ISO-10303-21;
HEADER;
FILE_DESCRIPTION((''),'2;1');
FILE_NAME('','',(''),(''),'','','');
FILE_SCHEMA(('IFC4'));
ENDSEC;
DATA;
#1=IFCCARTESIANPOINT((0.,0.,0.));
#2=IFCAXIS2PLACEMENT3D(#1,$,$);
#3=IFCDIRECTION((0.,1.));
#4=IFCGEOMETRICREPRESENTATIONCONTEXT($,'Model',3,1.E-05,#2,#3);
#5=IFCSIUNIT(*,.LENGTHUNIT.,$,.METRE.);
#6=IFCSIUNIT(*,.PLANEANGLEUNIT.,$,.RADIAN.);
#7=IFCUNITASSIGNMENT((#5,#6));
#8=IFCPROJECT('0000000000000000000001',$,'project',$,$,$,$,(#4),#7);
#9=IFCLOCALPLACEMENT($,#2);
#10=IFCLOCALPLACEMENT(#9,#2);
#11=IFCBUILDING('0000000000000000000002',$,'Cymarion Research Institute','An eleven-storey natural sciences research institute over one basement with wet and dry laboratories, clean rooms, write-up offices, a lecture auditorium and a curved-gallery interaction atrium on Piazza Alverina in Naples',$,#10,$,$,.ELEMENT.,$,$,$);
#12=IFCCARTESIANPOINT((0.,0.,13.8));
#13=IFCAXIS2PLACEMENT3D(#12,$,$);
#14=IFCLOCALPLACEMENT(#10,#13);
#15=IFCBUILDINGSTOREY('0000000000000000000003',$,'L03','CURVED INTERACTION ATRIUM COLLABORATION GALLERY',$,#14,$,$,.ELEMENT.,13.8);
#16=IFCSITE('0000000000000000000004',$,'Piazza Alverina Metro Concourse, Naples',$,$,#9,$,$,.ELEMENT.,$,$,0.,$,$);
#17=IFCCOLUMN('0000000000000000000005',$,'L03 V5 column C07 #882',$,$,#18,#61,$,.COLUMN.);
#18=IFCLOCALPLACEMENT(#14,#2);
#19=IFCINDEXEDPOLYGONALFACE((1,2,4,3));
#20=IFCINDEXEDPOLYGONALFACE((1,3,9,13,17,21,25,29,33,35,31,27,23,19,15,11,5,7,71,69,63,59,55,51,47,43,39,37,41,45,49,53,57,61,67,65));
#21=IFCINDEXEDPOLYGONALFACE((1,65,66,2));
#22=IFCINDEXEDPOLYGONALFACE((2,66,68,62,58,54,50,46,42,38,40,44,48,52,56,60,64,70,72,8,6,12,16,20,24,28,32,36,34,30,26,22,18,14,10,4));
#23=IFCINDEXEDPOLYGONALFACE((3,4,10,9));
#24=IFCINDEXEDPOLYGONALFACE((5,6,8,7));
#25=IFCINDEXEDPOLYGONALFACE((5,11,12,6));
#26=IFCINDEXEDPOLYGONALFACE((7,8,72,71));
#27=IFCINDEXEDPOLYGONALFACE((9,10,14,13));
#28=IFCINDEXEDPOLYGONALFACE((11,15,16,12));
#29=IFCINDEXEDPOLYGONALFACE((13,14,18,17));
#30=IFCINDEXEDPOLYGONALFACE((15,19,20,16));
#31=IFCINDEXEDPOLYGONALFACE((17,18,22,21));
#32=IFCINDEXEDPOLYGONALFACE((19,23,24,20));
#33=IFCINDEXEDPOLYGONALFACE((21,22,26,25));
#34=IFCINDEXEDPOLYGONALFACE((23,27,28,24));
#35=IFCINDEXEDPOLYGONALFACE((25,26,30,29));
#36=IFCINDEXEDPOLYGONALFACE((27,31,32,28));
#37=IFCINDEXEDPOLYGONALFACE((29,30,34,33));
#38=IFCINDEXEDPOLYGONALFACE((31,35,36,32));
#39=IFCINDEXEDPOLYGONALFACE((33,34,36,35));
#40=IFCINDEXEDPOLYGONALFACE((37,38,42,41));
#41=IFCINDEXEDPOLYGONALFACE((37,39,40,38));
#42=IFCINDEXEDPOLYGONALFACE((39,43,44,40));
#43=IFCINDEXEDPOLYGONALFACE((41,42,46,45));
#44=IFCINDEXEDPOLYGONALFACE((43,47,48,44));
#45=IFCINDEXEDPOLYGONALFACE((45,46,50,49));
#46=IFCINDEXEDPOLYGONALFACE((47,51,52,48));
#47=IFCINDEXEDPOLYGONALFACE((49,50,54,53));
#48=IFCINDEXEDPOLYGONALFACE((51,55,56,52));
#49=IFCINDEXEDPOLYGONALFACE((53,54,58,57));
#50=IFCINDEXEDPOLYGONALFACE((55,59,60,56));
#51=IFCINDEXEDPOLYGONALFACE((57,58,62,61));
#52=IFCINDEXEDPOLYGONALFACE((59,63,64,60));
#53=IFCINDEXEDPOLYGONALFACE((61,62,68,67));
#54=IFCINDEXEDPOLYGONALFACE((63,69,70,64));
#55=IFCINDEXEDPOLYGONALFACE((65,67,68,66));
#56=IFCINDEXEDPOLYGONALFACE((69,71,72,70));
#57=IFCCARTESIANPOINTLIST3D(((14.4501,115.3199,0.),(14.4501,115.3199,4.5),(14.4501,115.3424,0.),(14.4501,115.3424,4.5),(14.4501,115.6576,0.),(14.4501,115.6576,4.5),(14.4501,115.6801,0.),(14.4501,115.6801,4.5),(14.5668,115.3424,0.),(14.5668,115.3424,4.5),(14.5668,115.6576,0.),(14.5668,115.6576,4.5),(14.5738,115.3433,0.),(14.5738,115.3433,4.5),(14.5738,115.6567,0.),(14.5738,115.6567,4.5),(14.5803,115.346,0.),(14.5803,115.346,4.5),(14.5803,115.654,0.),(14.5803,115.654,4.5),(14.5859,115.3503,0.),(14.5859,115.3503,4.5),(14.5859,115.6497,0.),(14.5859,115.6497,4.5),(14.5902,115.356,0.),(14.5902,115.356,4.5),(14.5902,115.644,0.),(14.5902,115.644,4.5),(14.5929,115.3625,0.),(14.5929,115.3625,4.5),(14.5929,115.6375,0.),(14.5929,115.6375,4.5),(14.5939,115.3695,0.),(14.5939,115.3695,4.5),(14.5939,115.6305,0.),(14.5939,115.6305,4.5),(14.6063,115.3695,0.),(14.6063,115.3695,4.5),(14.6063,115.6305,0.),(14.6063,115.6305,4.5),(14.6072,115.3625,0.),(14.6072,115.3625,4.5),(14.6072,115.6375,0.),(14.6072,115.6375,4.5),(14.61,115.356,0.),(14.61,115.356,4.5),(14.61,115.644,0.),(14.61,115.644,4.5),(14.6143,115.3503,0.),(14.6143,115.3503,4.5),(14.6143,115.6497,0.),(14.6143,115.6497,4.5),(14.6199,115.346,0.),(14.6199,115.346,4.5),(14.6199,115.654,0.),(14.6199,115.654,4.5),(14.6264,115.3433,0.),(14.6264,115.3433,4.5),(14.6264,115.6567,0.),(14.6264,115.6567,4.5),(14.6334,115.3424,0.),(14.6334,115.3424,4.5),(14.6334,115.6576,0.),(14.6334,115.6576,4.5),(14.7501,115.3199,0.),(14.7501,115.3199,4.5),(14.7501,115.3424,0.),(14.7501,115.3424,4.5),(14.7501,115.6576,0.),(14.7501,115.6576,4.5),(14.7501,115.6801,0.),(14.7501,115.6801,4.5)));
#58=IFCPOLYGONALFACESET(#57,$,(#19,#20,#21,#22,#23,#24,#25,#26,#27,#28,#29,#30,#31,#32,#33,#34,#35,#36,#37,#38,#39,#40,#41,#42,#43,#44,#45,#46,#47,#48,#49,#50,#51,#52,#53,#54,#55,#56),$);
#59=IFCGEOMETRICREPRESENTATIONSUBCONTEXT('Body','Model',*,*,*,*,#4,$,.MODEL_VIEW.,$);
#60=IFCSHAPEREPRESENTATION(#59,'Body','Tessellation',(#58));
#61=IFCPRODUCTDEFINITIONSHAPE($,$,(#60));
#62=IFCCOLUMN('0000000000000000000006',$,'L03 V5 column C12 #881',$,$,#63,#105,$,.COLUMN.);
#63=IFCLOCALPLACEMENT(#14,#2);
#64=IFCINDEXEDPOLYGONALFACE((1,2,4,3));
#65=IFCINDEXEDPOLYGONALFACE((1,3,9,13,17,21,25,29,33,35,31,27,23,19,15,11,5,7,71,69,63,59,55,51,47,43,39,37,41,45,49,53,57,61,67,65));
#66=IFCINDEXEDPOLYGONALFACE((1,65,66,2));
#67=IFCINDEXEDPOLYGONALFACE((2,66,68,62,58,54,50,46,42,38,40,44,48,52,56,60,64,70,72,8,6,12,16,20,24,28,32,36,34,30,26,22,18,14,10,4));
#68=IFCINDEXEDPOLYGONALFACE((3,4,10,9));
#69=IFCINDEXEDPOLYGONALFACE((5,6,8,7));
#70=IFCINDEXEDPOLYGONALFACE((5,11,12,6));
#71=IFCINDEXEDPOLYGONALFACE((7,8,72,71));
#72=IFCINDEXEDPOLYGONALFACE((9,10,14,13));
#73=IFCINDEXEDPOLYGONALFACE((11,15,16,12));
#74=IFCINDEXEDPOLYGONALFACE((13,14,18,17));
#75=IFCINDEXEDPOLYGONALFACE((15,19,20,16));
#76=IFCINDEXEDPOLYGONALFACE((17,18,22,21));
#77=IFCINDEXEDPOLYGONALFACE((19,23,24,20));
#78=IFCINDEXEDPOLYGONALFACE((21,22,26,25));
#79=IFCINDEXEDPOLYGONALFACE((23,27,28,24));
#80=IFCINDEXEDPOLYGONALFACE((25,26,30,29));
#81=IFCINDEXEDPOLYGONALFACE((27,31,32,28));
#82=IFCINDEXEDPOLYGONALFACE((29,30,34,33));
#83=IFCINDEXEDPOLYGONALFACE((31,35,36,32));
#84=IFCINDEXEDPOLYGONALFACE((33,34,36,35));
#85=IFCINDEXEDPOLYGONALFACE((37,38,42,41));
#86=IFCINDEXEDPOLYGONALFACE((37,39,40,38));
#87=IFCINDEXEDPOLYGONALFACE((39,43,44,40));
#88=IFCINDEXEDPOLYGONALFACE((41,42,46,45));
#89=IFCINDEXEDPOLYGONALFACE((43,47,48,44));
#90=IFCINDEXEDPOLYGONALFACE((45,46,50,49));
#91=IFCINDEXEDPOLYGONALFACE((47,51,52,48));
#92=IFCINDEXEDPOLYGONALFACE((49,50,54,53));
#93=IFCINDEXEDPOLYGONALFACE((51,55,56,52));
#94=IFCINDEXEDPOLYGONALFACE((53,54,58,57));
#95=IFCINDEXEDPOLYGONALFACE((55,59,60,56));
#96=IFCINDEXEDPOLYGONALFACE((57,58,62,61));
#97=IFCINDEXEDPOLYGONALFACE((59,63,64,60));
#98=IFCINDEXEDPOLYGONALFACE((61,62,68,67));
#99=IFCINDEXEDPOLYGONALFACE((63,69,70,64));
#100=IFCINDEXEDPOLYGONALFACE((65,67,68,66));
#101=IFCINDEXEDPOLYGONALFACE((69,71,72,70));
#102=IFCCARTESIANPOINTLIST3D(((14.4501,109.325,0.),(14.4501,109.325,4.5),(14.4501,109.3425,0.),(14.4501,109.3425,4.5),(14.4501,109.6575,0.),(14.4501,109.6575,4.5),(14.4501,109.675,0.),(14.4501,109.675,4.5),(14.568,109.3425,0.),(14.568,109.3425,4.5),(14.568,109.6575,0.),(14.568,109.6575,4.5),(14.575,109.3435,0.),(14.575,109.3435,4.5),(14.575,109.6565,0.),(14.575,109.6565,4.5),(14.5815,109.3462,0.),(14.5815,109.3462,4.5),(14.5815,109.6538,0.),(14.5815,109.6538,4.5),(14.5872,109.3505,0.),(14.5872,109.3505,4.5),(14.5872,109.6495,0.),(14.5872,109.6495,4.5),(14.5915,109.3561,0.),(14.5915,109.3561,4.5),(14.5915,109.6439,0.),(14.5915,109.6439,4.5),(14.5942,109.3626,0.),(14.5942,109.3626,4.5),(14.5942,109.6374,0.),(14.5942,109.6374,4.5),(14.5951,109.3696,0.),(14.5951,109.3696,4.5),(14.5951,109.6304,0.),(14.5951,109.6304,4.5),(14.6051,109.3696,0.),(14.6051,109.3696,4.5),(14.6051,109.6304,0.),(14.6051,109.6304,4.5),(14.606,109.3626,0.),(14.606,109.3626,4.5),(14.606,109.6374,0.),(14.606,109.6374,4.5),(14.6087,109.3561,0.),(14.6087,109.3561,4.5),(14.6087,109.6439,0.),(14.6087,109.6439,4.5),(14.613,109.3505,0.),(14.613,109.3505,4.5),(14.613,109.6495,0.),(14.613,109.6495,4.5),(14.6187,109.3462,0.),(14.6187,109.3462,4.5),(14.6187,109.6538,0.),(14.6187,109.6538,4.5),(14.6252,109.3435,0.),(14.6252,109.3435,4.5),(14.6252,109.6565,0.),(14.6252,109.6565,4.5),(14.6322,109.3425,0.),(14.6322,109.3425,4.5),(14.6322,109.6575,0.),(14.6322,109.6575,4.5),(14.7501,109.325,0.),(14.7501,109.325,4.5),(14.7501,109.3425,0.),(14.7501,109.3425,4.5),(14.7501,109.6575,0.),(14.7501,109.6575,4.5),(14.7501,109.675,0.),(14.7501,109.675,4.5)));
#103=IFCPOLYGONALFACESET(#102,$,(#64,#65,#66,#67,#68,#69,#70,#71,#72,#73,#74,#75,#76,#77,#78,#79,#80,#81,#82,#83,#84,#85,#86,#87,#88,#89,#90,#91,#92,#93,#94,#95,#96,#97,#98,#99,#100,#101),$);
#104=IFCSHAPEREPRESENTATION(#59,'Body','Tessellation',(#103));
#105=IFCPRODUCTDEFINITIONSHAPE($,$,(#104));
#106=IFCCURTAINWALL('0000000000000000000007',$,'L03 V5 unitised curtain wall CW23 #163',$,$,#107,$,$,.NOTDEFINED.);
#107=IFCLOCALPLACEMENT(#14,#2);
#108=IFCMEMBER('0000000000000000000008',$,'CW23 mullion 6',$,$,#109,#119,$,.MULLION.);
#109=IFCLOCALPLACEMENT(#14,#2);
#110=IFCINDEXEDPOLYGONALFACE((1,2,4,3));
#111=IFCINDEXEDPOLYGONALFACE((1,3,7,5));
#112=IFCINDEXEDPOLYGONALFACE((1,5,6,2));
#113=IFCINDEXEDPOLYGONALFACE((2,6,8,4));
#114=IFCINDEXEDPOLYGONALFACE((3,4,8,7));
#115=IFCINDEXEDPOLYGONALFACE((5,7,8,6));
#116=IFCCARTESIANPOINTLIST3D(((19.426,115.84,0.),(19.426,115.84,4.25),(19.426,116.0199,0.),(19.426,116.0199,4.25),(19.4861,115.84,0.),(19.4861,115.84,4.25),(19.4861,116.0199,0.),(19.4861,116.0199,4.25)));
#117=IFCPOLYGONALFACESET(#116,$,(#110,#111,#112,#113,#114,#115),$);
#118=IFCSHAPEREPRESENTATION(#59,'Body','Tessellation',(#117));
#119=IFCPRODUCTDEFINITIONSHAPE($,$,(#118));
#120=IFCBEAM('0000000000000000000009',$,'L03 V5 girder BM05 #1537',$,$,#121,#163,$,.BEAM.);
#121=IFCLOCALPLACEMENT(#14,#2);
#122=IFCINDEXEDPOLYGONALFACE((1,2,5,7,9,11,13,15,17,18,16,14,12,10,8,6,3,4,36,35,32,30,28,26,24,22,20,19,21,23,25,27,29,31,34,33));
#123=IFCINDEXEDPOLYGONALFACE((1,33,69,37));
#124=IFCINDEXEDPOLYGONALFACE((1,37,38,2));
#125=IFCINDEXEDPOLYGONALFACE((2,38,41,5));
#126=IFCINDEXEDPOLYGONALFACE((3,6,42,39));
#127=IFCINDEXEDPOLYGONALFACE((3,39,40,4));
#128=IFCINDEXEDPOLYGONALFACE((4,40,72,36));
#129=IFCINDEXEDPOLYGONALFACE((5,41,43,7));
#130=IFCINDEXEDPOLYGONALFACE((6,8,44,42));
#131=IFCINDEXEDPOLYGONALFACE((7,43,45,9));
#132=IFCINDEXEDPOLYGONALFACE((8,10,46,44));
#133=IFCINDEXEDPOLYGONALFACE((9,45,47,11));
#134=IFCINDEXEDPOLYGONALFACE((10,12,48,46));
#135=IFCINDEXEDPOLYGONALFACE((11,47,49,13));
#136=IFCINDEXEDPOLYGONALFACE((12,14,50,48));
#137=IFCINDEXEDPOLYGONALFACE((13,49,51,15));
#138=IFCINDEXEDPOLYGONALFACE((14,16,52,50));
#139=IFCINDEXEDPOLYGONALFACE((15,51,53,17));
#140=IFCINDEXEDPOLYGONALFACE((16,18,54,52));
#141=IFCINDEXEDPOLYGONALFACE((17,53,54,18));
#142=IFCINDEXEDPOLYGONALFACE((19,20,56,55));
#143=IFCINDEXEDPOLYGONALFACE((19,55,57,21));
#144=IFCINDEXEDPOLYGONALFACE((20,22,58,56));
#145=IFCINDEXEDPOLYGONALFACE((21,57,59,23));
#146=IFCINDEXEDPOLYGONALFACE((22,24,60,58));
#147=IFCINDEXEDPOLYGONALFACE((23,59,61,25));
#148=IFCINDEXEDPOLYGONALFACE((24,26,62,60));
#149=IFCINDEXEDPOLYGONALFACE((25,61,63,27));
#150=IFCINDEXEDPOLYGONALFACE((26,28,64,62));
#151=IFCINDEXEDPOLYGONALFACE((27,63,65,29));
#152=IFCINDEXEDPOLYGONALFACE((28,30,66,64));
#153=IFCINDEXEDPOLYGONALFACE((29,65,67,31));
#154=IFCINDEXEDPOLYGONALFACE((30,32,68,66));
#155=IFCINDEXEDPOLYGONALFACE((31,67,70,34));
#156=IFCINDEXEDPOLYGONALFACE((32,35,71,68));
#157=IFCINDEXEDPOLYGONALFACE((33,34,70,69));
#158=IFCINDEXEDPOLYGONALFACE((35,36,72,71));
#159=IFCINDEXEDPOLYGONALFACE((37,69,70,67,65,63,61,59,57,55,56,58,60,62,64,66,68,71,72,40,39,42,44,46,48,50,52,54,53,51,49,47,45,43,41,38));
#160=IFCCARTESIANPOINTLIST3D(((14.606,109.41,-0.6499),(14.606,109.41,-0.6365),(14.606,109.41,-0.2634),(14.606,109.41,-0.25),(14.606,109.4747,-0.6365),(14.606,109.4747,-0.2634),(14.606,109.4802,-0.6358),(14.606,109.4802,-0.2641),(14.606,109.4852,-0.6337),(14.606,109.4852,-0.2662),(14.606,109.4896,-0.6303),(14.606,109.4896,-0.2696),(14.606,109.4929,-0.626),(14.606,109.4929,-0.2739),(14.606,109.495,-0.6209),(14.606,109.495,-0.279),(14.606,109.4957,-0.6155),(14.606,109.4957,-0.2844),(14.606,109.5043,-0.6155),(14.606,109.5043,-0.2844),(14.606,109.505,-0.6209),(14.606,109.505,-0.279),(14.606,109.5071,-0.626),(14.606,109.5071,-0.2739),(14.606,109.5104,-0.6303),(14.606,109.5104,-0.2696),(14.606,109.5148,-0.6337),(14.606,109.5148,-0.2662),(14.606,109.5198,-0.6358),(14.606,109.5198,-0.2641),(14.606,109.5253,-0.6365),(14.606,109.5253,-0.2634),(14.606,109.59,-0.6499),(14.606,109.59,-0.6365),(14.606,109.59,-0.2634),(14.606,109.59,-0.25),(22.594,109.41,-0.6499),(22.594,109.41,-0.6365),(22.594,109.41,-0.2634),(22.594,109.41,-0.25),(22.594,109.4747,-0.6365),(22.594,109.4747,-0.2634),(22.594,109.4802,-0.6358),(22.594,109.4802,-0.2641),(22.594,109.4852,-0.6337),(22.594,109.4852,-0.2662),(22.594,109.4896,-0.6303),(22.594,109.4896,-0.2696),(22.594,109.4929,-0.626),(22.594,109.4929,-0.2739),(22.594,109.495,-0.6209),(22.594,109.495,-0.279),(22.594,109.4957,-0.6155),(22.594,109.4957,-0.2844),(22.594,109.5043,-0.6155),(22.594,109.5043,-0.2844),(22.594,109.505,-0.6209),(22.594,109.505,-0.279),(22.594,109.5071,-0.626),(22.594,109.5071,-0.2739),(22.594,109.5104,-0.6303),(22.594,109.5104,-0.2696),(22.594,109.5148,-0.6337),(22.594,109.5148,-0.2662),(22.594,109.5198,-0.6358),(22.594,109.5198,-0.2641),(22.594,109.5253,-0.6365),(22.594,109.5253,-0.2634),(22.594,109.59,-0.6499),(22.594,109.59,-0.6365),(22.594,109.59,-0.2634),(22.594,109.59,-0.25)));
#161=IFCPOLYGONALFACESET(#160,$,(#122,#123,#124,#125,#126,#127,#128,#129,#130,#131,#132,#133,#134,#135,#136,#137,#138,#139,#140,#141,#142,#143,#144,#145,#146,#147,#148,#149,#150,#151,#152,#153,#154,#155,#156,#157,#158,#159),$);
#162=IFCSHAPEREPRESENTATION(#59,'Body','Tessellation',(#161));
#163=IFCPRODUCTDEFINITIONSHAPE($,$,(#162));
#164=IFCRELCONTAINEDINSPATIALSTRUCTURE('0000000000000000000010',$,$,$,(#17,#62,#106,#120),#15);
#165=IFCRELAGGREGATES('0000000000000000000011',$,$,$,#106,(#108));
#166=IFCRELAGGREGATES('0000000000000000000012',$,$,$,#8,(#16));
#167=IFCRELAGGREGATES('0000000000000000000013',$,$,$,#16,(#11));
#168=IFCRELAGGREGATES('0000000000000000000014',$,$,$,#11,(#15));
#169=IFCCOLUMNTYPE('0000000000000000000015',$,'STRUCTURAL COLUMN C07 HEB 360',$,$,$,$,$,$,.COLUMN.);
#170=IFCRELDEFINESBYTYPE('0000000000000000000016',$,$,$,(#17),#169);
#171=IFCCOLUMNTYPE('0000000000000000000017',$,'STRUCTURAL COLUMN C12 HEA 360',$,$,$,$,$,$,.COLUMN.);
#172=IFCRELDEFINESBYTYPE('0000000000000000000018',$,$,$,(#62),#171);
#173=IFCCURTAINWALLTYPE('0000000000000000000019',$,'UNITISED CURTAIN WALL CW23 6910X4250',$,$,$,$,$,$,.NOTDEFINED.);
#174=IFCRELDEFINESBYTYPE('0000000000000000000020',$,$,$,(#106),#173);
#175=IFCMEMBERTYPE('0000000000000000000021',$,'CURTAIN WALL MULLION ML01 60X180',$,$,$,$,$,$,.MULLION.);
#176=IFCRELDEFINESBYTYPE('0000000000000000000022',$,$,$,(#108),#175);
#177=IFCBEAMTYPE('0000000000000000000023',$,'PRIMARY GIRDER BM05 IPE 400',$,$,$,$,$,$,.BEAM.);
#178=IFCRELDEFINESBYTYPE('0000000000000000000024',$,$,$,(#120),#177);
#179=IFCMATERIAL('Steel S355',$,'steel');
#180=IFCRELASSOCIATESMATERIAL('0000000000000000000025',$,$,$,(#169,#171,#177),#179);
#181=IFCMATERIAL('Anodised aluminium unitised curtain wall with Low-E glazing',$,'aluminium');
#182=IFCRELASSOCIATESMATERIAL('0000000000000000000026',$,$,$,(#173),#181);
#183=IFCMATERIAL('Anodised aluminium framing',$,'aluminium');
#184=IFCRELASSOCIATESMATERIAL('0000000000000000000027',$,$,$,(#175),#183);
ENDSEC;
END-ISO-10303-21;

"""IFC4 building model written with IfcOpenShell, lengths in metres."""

from ifc_helpers import new_model, si_unit, direction, frame, origin, origin_2d, place, context, subcontext, project, spatial, rectangle, i_section, extrude, material, material_profile, profile_set, type_object, element, aggregate, save


model = new_model("IFC4")

# Units and contexts
model_context = context("Model", 3, precision=1e-05, world=origin(), true_north=direction((0.0, 1.0)))
body_context = subcontext(model_context, "Body", "Model", "MODEL_VIEW")
ifc_project = project(units=[si_unit("LENGTHUNIT", "METRE"), si_unit("PLANEANGLEUNIT", "RADIAN")], contexts=[model_context])

# Site, building, storey
site_placement = place(None, origin())
site = spatial("IfcSite", under=ifc_project, at=site_placement, Name="Piazza Alverina Metro Concourse, Naples", CompositionType="ELEMENT", RefElevation=0.0)
building_placement = place(site_placement, origin())
building = spatial("IfcBuilding", under=site, at=building_placement, Name="Cymarion Research Institute", Description="An eleven-storey natural sciences research institute over one basement with wet and dry laboratories, clean rooms, write-up offices, a lecture auditorium and a curved-gallery interaction atrium on Piazza Alverina in Naples", CompositionType="ELEMENT")
storey_placement = place(building_placement, frame((0.0, 0.0, 13.8)))
storey = spatial("IfcBuildingStorey", under=building, at=storey_placement, Name="L03", Description="CURVED INTERACTION ATRIUM COLLABORATION GALLERY", CompositionType="ELEMENT", Elevation=13.8)

# Columns
ifc_material_1 = material(Name="Steel S355", Category="steel")
ifc_material_profile_1 = material_profile(ifc_material_1, i_section(OverallWidth=0.3, OverallDepth=0.3601, WebThickness=0.0125, FlangeThickness=0.0225, FilletRadius=0.0271, at=origin_2d()), Name="HEB 360")
ifc_profile_set_1 = profile_set([ifc_material_profile_1], Name="Steel S355")
column_type_1 = type_object("IfcColumnType", Name="STRUCTURAL COLUMN C07 HEB 360", PredefinedType="COLUMN", material=ifc_profile_set_1)
column_1_placement = place(storey_placement, frame((14.6001, 115.5, 0.0), z_axis=(0.0, 0.0, 1.0), x_axis=(1.0, 0.0, 0.0)))
element("IfcColumn", 1, at=column_1_placement, inside=storey, type_object=column_type_1, Name="L03 V5 column C07 #882", PredefinedType="COLUMN", context=body_context, shape_type="SweptSolid", body=[
    extrude(i_section(OverallWidth=0.3, OverallDepth=0.3601, WebThickness=0.0125, FlangeThickness=0.0225, FilletRadius=0.0271, at=origin_2d()), origin(), (0.0, 0.0, 1.0), 4.5),
])
ifc_material_profile_2 = material_profile(ifc_material_1, i_section(OverallWidth=0.3, OverallDepth=0.3501, WebThickness=0.01, FlangeThickness=0.0176, FilletRadius=0.0271, at=origin_2d()), Name="HEA 360")
ifc_profile_set_2 = profile_set([ifc_material_profile_2], Name="Steel S355")
column_type_2 = type_object("IfcColumnType", Name="STRUCTURAL COLUMN C12 HEA 360", PredefinedType="COLUMN", material=ifc_profile_set_2)
column_2_placement = place(storey_placement, frame((14.6001, 109.5, 0.0), z_axis=(0.0, 0.0, 1.0), x_axis=(1.0, 0.0, 0.0)))
element("IfcColumn", 2, at=column_2_placement, inside=storey, type_object=column_type_2, Name="L03 V5 column C12 #881", PredefinedType="COLUMN", context=body_context, shape_type="SweptSolid", body=[
    extrude(i_section(OverallWidth=0.3, OverallDepth=0.3501, WebThickness=0.01, FlangeThickness=0.0176, FilletRadius=0.0271, at=origin_2d()), origin(), (0.0, 0.0, 1.0), 4.5),
])

# Curtain wall, member
ifc_material_2 = material(Name="Anodised aluminium unitised curtain wall with Low-E glazing", Category="aluminium")
curtain_wall_type = type_object("IfcCurtainWallType", Name="UNITISED CURTAIN WALL CW23 6910X4250", PredefinedType="NOTDEFINED", material=ifc_material_2)
curtain_wall_placement = place(storey_placement, origin())
curtain_wall = element("IfcCurtainWall", 3, at=curtain_wall_placement, inside=storey, type_object=curtain_wall_type, Name="L03 V5 unitised curtain wall CW23 #163", PredefinedType="NOTDEFINED")
ifc_material_3 = material(Name="Anodised aluminium framing", Category="aluminium")
ifc_material_profile_3 = material_profile(ifc_material_3, rectangle(XDim=0.0601, YDim=0.1799, at=origin_2d()), Name="ALU MULLION 60x180")
ifc_profile_set_3 = profile_set([ifc_material_profile_3], Name="Anodised aluminium framing")
member_type_1 = type_object("IfcMemberType", Name="CURTAIN WALL MULLION ML01 60X180", PredefinedType="MULLION", material=ifc_profile_set_3)
member_1_placement = place(storey_placement, frame((19.4561, 115.9299, 0.0), z_axis=(0.0, 0.0, 1.0), x_axis=(-1.0, 0.0, 0.0)))
member_1 = element("IfcMember", 4, at=member_1_placement, type_object=member_type_1, Name="CW23 mullion 6", PredefinedType="MULLION", context=body_context, shape_type="SweptSolid", body=[
    extrude(rectangle(XDim=0.0601, YDim=0.1799, at=origin_2d()), origin(), (0.0, 0.0, 1.0), 4.25),
])

# Beam
ifc_material_profile_4 = material_profile(ifc_material_1, i_section(OverallWidth=0.1799, OverallDepth=0.3999, WebThickness=0.0085, FlangeThickness=0.0134, FilletRadius=0.021, at=origin_2d()), Name="IPE 400")
ifc_profile_set_4 = profile_set([ifc_material_profile_4], Name="Steel S355")
beam_type_1 = type_object("IfcBeamType", Name="PRIMARY GIRDER BM05 IPE 400", PredefinedType="BEAM", material=ifc_profile_set_4)
beam_1_placement = place(storey_placement, frame((14.606, 109.5, -0.45), z_axis=(1.0, 0.0, 0.0), x_axis=(0.0, 1.0, 0.0)))
element("IfcBeam", 5, at=beam_1_placement, inside=storey, type_object=beam_type_1, Name="L03 V5 girder BM05 #1537", PredefinedType="BEAM", context=body_context, shape_type="SweptSolid", body=[
    extrude(i_section(OverallWidth=0.1799, OverallDepth=0.3999, WebThickness=0.0085, FlangeThickness=0.0134, FilletRadius=0.021, at=origin_2d()), origin(), (0.0, 0.0, 1.0), 7.988),
])

aggregate(curtain_wall, [member_1])

save(model, "model.ifc")
